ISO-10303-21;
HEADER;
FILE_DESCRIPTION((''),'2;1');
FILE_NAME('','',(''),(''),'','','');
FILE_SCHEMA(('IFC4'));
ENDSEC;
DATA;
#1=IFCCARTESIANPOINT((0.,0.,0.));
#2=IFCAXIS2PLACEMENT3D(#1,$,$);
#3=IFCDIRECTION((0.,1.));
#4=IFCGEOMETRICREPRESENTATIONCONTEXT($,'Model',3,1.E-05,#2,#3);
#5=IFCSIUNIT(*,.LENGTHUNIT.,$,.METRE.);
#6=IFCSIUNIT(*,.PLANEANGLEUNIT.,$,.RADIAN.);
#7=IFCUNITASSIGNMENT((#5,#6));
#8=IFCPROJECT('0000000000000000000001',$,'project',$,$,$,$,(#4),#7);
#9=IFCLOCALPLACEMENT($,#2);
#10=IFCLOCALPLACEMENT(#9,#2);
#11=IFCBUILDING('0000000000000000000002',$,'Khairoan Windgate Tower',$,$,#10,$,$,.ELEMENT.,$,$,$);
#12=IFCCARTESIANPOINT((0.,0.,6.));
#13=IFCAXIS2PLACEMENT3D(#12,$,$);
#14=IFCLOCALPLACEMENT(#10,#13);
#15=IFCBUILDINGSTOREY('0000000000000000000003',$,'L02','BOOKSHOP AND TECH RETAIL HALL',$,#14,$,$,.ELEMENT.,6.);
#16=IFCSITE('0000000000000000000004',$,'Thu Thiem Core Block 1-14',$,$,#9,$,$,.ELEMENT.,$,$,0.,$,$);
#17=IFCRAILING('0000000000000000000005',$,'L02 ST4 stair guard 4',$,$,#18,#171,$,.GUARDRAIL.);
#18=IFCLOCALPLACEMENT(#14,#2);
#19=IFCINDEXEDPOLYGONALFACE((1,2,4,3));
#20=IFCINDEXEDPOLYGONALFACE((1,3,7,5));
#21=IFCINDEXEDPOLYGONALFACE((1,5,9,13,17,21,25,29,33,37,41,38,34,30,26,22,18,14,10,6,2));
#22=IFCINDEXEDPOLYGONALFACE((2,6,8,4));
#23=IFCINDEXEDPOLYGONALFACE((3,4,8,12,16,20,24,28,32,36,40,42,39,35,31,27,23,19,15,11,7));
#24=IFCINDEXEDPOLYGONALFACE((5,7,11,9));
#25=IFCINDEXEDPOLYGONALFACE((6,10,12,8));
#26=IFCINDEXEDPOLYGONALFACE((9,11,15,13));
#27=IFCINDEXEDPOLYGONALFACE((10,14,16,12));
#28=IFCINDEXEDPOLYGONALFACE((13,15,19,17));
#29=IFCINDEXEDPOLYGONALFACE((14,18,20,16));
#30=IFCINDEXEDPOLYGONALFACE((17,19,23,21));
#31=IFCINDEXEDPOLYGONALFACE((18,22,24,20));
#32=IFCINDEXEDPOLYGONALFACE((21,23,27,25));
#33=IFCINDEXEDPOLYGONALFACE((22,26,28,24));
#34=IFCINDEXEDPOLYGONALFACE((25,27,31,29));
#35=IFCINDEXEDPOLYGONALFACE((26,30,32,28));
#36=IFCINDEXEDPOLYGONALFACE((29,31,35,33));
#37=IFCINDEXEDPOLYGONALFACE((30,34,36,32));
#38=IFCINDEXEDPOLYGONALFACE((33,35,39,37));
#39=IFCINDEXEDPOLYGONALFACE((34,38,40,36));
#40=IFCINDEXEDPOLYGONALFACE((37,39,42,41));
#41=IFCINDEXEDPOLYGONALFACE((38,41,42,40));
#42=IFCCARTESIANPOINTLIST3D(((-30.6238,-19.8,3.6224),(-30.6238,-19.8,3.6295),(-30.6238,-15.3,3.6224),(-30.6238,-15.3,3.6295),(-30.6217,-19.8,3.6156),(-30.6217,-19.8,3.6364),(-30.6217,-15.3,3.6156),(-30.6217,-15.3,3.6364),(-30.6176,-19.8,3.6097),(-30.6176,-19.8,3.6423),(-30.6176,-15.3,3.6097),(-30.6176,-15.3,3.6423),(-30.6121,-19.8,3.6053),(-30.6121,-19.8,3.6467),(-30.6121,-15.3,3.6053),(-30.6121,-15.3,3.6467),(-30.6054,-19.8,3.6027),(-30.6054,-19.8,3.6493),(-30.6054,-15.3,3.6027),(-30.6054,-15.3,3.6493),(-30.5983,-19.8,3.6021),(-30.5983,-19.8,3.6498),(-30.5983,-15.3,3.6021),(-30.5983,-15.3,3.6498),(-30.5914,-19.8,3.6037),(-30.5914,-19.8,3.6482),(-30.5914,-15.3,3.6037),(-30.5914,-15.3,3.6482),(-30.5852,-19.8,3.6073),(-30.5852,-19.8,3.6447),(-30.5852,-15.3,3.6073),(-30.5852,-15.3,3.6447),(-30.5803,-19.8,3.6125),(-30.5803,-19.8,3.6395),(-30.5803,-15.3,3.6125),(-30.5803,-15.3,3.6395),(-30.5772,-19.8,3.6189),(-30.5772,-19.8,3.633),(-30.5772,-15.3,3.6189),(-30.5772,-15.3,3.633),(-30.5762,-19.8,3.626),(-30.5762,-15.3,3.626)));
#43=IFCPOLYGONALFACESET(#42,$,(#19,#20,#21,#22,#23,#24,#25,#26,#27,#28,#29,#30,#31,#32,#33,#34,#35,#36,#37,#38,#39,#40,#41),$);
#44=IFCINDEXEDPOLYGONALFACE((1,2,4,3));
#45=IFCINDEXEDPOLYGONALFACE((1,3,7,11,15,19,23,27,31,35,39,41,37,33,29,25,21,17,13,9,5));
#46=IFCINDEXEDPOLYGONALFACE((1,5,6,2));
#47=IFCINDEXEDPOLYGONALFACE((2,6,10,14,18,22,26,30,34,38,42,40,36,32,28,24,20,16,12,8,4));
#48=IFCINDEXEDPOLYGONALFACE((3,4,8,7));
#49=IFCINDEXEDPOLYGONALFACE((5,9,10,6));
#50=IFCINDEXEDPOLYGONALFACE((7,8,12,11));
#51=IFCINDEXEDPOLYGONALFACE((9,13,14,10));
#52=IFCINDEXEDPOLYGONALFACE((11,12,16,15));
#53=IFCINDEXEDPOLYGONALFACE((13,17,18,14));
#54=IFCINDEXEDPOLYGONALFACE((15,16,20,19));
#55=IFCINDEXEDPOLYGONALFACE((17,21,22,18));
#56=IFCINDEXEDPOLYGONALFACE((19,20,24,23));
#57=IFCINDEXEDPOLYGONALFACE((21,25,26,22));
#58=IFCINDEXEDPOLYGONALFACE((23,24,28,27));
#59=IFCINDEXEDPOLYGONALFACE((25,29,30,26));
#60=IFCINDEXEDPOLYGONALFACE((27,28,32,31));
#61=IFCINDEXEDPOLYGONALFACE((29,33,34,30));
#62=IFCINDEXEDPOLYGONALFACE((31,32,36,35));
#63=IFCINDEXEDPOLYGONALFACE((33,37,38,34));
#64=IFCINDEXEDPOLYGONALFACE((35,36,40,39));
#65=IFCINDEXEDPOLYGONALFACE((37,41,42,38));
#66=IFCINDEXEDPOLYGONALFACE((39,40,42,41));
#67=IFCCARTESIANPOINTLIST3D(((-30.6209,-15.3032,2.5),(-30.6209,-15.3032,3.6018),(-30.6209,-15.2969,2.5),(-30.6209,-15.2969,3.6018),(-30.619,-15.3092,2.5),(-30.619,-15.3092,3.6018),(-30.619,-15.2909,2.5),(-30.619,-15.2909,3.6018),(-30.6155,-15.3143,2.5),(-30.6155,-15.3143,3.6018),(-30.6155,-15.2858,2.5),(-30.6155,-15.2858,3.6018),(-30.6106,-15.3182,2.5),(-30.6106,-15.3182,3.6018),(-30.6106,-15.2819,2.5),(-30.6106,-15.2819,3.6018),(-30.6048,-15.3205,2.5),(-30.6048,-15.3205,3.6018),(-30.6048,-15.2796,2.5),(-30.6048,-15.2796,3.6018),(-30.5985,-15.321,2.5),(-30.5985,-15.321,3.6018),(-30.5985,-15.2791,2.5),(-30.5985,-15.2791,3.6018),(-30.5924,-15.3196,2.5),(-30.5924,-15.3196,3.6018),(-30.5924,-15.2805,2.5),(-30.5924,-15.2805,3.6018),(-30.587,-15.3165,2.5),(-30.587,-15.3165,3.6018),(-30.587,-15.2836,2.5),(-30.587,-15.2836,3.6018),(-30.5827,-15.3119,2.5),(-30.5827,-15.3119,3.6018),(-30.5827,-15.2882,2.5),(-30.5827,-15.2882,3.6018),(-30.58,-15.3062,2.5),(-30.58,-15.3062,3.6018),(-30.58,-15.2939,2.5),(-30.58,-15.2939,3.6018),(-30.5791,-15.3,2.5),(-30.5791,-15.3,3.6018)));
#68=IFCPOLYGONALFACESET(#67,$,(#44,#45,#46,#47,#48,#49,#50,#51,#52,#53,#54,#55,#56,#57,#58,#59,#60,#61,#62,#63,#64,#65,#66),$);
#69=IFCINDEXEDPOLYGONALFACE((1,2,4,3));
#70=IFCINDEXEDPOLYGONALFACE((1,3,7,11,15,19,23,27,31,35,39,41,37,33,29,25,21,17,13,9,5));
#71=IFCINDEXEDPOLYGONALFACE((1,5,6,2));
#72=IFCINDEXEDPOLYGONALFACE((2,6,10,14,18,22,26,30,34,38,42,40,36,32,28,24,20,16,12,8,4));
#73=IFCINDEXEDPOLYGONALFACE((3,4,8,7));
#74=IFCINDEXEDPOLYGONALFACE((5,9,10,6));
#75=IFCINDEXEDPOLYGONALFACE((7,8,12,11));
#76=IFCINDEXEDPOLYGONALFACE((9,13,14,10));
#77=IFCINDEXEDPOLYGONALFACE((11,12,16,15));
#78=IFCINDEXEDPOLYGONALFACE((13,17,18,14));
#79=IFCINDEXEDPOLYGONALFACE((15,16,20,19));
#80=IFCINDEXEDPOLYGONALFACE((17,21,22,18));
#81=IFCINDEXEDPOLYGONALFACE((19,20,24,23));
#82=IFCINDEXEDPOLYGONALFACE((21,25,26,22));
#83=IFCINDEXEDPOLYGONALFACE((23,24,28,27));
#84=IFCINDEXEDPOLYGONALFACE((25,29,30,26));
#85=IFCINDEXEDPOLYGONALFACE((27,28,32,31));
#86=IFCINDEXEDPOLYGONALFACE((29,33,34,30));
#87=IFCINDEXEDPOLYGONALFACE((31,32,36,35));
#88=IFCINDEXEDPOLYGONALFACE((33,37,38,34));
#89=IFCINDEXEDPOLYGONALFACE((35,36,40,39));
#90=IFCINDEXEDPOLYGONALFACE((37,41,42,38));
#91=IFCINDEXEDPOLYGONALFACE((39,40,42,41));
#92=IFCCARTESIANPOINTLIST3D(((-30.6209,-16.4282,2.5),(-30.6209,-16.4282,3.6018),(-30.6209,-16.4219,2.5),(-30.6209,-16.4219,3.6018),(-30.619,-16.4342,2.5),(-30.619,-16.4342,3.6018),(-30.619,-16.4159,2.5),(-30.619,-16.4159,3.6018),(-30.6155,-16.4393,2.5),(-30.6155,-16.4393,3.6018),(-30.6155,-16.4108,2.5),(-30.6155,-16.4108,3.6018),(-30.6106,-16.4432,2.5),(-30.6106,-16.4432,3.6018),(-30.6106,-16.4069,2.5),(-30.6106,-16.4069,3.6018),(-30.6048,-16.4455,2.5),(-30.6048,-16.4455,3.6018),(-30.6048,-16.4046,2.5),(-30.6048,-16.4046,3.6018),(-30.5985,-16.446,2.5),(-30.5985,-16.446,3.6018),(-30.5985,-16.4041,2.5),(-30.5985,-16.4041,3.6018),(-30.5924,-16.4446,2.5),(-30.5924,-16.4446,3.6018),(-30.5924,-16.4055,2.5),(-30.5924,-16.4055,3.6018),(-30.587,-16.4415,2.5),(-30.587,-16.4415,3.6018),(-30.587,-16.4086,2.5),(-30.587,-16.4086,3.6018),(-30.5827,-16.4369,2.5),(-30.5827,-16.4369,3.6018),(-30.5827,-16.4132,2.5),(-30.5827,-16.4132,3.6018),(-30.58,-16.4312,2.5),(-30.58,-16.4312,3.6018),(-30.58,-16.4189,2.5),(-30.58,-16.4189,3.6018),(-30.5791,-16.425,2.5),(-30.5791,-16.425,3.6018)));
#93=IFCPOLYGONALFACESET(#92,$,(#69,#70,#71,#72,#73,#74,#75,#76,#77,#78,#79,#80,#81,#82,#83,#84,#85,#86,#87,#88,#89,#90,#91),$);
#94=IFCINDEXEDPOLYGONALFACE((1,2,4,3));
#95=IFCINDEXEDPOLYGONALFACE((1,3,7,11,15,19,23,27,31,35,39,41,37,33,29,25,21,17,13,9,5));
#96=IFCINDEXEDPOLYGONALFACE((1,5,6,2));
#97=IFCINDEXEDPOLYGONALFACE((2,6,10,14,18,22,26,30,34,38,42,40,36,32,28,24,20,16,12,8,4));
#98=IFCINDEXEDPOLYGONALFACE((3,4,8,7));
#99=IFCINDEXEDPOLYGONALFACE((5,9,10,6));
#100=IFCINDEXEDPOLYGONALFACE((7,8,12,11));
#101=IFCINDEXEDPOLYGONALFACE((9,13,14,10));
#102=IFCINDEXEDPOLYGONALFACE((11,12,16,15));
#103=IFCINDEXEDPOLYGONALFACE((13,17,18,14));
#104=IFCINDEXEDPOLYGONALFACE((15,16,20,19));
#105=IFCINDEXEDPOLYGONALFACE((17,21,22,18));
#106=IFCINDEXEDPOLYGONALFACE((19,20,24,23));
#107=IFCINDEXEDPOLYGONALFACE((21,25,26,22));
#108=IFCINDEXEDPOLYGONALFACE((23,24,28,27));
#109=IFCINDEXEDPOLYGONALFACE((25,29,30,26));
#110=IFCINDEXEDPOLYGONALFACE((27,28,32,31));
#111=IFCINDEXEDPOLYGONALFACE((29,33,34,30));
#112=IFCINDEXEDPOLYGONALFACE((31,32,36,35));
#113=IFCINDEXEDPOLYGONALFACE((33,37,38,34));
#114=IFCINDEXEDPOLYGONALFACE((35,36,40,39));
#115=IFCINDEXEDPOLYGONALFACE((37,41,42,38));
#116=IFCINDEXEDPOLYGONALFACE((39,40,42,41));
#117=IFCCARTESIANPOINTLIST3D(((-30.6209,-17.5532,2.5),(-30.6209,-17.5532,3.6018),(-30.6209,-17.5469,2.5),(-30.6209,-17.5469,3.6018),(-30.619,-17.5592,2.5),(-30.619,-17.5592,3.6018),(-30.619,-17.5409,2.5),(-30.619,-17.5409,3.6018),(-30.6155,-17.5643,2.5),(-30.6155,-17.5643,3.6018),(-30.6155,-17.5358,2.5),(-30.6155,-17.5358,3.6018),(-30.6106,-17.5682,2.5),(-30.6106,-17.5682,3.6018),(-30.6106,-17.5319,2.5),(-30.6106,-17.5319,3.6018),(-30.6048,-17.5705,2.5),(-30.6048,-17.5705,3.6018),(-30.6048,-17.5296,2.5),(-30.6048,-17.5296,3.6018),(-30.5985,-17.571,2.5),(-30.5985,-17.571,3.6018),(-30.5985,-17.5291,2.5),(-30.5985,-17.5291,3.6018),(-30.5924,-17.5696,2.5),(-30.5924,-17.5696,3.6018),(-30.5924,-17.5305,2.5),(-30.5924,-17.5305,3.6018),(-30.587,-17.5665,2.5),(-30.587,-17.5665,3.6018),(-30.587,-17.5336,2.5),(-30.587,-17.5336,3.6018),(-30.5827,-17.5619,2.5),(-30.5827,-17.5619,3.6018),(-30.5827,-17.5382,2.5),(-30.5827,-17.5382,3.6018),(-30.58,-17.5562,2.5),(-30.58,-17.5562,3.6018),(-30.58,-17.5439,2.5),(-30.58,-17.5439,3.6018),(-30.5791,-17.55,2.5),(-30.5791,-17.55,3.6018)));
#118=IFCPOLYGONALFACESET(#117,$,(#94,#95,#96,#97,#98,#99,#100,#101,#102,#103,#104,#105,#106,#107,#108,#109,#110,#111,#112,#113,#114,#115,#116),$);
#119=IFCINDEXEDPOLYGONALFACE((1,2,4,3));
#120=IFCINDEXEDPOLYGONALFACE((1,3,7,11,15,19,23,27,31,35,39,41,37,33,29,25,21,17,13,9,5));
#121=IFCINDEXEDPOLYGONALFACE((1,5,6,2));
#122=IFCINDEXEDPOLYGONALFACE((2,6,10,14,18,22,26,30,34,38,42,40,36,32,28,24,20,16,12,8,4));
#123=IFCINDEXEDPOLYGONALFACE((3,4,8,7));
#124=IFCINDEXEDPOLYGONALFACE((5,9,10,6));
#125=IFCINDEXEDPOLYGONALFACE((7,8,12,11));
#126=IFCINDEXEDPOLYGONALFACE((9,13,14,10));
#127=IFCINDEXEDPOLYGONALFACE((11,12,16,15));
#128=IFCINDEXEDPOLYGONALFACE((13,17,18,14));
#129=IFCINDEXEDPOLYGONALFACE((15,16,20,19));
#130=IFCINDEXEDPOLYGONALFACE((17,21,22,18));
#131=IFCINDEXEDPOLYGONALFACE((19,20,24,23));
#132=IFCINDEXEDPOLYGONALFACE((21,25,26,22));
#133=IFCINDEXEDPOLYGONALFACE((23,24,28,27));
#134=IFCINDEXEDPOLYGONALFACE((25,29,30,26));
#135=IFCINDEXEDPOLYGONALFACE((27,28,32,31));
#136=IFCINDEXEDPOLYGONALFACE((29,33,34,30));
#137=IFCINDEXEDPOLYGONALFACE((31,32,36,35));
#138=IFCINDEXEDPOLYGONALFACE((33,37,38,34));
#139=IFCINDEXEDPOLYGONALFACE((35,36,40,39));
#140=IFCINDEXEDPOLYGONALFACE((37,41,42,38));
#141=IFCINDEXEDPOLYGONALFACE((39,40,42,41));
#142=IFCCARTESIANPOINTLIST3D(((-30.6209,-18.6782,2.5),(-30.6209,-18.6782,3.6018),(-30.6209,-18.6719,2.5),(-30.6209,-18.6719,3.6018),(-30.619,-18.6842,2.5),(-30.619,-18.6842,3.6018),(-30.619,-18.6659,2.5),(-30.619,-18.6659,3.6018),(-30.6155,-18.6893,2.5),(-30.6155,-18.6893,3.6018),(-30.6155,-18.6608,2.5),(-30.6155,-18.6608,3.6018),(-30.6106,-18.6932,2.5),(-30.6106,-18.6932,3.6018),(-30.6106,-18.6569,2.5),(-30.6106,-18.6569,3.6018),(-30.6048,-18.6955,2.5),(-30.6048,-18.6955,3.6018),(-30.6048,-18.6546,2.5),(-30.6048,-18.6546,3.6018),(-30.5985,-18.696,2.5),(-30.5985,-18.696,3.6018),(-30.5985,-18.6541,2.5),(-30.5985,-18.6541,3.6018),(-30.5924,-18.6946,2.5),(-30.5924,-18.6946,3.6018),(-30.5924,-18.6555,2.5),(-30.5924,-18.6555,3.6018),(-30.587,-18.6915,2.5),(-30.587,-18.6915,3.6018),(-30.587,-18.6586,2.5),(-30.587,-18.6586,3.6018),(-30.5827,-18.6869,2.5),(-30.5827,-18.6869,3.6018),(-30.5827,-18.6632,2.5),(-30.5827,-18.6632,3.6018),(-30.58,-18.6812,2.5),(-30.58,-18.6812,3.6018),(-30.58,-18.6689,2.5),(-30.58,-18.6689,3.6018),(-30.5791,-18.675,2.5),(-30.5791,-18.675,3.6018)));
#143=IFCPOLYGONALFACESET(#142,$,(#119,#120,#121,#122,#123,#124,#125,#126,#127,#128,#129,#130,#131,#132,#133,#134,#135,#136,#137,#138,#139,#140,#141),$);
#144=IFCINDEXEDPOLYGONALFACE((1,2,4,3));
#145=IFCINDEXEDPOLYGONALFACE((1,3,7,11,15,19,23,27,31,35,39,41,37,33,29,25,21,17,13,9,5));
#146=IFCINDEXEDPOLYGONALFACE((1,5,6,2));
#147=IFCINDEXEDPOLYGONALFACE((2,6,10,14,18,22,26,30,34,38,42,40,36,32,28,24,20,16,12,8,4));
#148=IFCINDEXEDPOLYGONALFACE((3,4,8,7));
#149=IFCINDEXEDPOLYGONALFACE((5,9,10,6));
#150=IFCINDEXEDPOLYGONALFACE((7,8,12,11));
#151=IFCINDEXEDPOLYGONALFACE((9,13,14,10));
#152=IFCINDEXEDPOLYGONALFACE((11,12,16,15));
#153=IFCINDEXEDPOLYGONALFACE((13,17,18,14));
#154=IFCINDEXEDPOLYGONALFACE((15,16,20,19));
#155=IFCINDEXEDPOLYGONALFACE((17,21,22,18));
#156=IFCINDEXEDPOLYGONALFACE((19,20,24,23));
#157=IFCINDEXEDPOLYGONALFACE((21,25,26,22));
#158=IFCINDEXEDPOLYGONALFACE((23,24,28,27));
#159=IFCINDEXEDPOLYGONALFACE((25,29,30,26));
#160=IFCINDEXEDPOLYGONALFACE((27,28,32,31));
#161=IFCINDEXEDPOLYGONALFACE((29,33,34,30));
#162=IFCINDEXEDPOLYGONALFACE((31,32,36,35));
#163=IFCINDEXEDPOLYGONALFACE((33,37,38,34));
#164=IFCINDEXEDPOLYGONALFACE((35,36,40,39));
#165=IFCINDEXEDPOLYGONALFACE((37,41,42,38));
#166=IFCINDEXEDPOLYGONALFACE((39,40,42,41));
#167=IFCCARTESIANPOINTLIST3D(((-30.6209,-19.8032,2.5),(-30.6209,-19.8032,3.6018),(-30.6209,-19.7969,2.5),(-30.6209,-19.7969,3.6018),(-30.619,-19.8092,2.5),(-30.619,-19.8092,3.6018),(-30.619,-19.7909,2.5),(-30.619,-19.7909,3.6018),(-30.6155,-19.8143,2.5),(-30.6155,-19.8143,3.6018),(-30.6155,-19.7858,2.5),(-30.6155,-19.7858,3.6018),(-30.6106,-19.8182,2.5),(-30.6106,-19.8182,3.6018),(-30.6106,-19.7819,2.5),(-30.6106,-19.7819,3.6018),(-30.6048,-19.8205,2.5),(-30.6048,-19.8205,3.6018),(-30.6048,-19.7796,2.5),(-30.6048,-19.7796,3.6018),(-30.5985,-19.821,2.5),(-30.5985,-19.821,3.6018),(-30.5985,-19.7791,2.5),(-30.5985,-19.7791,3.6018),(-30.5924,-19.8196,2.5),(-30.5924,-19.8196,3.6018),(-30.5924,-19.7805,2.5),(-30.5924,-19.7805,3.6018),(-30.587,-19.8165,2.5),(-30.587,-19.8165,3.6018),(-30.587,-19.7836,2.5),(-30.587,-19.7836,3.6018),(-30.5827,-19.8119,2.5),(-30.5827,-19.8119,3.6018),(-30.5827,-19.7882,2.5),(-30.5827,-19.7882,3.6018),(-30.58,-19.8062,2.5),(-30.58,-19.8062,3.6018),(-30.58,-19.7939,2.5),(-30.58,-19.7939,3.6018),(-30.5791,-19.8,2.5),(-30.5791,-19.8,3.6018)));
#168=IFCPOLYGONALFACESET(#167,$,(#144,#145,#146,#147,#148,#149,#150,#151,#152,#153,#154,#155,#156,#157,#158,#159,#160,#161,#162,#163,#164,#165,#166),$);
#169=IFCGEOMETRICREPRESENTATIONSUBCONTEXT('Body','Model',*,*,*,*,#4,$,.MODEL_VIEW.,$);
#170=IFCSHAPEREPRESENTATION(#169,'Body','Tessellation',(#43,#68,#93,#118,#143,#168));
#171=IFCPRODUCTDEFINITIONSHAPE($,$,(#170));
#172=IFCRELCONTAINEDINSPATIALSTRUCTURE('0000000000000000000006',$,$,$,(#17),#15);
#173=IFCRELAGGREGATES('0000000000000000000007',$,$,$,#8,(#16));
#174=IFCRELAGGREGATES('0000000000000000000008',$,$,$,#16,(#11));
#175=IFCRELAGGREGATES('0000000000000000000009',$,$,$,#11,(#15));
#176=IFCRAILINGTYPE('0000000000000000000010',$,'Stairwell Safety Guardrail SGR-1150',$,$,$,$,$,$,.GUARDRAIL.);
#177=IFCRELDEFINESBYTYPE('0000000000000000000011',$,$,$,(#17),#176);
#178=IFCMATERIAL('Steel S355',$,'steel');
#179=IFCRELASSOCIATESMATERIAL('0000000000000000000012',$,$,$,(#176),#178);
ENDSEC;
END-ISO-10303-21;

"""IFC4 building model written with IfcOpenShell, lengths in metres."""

from ifc_helpers import new_model, si_unit, direction, frame, origin, origin_2d, place, context, subcontext, project, spatial, circle, extrude, material, type_object, element, save


model = new_model("IFC4")

# Units and contexts
model_context = context("Model", 3, precision=1e-05, world=origin(), true_north=direction((0.0, 1.0)))
body_context = subcontext(model_context, "Body", "Model", "MODEL_VIEW")
ifc_project = project(units=[si_unit("LENGTHUNIT", "METRE"), si_unit("PLANEANGLEUNIT", "RADIAN")], contexts=[model_context])

# Site, building, storey
site_placement = place(None, origin())
site = spatial("IfcSite", under=ifc_project, at=site_placement, Name="Thu Thiem Core Block 1-14", CompositionType="ELEMENT", RefElevation=0.0)
building_placement = place(site_placement, origin())
building = spatial("IfcBuilding", under=site, at=building_placement, Name="Khairoan Windgate Tower", CompositionType="ELEMENT")
storey_placement = place(building_placement, frame((0.0, 0.0, 6.0)))
storey = spatial("IfcBuildingStorey", under=building, at=storey_placement, Name="L02", Description="BOOKSHOP AND TECH RETAIL HALL", CompositionType="ELEMENT", Elevation=6.0)

# Railing
ifc_material_1 = material(Name="Steel S355", Category="steel")
railing_type_1 = type_object("IfcRailingType", Name="Stairwell Safety Guardrail SGR-1150", PredefinedType="GUARDRAIL", material=ifc_material_1)
railing_1_placement = place(storey_placement, frame((-30.6001, -15.3, 2.5)))
element("IfcRailing", 1, at=railing_1_placement, inside=storey, type_object=railing_type_1, Name="L02 ST4 stair guard 4", PredefinedType="GUARDRAIL", context=body_context, shape_type="SweptSolid", body=[
    extrude(circle(Radius=0.0239, at=origin_2d()), frame((0.0, 0.0, 1.126), z_axis=(0.0, -1.0, 0.0), x_axis=(1.0, 0.0, 0.0)), (0.0, 0.0, 1.0), 4.5),
    extrude(circle(Radius=0.021, at=origin_2d()), origin(), (0.0, 0.0, 1.0), 1.1018),
    extrude(circle(Radius=0.021, at=origin_2d()), frame((0.0, -1.125, 0.0)), (0.0, 0.0, 1.0), 1.1018),
    extrude(circle(Radius=0.021, at=origin_2d()), frame((0.0, -2.25, 0.0)), (0.0, 0.0, 1.0), 1.1018),
    extrude(circle(Radius=0.021, at=origin_2d()), frame((0.0, -3.375, 0.0)), (0.0, 0.0, 1.0), 1.1018),
    extrude(circle(Radius=0.021, at=origin_2d()), frame((0.0, -4.5, 0.0)), (0.0, 0.0, 1.0), 1.1018),
])

save(model, "model.ifc")
